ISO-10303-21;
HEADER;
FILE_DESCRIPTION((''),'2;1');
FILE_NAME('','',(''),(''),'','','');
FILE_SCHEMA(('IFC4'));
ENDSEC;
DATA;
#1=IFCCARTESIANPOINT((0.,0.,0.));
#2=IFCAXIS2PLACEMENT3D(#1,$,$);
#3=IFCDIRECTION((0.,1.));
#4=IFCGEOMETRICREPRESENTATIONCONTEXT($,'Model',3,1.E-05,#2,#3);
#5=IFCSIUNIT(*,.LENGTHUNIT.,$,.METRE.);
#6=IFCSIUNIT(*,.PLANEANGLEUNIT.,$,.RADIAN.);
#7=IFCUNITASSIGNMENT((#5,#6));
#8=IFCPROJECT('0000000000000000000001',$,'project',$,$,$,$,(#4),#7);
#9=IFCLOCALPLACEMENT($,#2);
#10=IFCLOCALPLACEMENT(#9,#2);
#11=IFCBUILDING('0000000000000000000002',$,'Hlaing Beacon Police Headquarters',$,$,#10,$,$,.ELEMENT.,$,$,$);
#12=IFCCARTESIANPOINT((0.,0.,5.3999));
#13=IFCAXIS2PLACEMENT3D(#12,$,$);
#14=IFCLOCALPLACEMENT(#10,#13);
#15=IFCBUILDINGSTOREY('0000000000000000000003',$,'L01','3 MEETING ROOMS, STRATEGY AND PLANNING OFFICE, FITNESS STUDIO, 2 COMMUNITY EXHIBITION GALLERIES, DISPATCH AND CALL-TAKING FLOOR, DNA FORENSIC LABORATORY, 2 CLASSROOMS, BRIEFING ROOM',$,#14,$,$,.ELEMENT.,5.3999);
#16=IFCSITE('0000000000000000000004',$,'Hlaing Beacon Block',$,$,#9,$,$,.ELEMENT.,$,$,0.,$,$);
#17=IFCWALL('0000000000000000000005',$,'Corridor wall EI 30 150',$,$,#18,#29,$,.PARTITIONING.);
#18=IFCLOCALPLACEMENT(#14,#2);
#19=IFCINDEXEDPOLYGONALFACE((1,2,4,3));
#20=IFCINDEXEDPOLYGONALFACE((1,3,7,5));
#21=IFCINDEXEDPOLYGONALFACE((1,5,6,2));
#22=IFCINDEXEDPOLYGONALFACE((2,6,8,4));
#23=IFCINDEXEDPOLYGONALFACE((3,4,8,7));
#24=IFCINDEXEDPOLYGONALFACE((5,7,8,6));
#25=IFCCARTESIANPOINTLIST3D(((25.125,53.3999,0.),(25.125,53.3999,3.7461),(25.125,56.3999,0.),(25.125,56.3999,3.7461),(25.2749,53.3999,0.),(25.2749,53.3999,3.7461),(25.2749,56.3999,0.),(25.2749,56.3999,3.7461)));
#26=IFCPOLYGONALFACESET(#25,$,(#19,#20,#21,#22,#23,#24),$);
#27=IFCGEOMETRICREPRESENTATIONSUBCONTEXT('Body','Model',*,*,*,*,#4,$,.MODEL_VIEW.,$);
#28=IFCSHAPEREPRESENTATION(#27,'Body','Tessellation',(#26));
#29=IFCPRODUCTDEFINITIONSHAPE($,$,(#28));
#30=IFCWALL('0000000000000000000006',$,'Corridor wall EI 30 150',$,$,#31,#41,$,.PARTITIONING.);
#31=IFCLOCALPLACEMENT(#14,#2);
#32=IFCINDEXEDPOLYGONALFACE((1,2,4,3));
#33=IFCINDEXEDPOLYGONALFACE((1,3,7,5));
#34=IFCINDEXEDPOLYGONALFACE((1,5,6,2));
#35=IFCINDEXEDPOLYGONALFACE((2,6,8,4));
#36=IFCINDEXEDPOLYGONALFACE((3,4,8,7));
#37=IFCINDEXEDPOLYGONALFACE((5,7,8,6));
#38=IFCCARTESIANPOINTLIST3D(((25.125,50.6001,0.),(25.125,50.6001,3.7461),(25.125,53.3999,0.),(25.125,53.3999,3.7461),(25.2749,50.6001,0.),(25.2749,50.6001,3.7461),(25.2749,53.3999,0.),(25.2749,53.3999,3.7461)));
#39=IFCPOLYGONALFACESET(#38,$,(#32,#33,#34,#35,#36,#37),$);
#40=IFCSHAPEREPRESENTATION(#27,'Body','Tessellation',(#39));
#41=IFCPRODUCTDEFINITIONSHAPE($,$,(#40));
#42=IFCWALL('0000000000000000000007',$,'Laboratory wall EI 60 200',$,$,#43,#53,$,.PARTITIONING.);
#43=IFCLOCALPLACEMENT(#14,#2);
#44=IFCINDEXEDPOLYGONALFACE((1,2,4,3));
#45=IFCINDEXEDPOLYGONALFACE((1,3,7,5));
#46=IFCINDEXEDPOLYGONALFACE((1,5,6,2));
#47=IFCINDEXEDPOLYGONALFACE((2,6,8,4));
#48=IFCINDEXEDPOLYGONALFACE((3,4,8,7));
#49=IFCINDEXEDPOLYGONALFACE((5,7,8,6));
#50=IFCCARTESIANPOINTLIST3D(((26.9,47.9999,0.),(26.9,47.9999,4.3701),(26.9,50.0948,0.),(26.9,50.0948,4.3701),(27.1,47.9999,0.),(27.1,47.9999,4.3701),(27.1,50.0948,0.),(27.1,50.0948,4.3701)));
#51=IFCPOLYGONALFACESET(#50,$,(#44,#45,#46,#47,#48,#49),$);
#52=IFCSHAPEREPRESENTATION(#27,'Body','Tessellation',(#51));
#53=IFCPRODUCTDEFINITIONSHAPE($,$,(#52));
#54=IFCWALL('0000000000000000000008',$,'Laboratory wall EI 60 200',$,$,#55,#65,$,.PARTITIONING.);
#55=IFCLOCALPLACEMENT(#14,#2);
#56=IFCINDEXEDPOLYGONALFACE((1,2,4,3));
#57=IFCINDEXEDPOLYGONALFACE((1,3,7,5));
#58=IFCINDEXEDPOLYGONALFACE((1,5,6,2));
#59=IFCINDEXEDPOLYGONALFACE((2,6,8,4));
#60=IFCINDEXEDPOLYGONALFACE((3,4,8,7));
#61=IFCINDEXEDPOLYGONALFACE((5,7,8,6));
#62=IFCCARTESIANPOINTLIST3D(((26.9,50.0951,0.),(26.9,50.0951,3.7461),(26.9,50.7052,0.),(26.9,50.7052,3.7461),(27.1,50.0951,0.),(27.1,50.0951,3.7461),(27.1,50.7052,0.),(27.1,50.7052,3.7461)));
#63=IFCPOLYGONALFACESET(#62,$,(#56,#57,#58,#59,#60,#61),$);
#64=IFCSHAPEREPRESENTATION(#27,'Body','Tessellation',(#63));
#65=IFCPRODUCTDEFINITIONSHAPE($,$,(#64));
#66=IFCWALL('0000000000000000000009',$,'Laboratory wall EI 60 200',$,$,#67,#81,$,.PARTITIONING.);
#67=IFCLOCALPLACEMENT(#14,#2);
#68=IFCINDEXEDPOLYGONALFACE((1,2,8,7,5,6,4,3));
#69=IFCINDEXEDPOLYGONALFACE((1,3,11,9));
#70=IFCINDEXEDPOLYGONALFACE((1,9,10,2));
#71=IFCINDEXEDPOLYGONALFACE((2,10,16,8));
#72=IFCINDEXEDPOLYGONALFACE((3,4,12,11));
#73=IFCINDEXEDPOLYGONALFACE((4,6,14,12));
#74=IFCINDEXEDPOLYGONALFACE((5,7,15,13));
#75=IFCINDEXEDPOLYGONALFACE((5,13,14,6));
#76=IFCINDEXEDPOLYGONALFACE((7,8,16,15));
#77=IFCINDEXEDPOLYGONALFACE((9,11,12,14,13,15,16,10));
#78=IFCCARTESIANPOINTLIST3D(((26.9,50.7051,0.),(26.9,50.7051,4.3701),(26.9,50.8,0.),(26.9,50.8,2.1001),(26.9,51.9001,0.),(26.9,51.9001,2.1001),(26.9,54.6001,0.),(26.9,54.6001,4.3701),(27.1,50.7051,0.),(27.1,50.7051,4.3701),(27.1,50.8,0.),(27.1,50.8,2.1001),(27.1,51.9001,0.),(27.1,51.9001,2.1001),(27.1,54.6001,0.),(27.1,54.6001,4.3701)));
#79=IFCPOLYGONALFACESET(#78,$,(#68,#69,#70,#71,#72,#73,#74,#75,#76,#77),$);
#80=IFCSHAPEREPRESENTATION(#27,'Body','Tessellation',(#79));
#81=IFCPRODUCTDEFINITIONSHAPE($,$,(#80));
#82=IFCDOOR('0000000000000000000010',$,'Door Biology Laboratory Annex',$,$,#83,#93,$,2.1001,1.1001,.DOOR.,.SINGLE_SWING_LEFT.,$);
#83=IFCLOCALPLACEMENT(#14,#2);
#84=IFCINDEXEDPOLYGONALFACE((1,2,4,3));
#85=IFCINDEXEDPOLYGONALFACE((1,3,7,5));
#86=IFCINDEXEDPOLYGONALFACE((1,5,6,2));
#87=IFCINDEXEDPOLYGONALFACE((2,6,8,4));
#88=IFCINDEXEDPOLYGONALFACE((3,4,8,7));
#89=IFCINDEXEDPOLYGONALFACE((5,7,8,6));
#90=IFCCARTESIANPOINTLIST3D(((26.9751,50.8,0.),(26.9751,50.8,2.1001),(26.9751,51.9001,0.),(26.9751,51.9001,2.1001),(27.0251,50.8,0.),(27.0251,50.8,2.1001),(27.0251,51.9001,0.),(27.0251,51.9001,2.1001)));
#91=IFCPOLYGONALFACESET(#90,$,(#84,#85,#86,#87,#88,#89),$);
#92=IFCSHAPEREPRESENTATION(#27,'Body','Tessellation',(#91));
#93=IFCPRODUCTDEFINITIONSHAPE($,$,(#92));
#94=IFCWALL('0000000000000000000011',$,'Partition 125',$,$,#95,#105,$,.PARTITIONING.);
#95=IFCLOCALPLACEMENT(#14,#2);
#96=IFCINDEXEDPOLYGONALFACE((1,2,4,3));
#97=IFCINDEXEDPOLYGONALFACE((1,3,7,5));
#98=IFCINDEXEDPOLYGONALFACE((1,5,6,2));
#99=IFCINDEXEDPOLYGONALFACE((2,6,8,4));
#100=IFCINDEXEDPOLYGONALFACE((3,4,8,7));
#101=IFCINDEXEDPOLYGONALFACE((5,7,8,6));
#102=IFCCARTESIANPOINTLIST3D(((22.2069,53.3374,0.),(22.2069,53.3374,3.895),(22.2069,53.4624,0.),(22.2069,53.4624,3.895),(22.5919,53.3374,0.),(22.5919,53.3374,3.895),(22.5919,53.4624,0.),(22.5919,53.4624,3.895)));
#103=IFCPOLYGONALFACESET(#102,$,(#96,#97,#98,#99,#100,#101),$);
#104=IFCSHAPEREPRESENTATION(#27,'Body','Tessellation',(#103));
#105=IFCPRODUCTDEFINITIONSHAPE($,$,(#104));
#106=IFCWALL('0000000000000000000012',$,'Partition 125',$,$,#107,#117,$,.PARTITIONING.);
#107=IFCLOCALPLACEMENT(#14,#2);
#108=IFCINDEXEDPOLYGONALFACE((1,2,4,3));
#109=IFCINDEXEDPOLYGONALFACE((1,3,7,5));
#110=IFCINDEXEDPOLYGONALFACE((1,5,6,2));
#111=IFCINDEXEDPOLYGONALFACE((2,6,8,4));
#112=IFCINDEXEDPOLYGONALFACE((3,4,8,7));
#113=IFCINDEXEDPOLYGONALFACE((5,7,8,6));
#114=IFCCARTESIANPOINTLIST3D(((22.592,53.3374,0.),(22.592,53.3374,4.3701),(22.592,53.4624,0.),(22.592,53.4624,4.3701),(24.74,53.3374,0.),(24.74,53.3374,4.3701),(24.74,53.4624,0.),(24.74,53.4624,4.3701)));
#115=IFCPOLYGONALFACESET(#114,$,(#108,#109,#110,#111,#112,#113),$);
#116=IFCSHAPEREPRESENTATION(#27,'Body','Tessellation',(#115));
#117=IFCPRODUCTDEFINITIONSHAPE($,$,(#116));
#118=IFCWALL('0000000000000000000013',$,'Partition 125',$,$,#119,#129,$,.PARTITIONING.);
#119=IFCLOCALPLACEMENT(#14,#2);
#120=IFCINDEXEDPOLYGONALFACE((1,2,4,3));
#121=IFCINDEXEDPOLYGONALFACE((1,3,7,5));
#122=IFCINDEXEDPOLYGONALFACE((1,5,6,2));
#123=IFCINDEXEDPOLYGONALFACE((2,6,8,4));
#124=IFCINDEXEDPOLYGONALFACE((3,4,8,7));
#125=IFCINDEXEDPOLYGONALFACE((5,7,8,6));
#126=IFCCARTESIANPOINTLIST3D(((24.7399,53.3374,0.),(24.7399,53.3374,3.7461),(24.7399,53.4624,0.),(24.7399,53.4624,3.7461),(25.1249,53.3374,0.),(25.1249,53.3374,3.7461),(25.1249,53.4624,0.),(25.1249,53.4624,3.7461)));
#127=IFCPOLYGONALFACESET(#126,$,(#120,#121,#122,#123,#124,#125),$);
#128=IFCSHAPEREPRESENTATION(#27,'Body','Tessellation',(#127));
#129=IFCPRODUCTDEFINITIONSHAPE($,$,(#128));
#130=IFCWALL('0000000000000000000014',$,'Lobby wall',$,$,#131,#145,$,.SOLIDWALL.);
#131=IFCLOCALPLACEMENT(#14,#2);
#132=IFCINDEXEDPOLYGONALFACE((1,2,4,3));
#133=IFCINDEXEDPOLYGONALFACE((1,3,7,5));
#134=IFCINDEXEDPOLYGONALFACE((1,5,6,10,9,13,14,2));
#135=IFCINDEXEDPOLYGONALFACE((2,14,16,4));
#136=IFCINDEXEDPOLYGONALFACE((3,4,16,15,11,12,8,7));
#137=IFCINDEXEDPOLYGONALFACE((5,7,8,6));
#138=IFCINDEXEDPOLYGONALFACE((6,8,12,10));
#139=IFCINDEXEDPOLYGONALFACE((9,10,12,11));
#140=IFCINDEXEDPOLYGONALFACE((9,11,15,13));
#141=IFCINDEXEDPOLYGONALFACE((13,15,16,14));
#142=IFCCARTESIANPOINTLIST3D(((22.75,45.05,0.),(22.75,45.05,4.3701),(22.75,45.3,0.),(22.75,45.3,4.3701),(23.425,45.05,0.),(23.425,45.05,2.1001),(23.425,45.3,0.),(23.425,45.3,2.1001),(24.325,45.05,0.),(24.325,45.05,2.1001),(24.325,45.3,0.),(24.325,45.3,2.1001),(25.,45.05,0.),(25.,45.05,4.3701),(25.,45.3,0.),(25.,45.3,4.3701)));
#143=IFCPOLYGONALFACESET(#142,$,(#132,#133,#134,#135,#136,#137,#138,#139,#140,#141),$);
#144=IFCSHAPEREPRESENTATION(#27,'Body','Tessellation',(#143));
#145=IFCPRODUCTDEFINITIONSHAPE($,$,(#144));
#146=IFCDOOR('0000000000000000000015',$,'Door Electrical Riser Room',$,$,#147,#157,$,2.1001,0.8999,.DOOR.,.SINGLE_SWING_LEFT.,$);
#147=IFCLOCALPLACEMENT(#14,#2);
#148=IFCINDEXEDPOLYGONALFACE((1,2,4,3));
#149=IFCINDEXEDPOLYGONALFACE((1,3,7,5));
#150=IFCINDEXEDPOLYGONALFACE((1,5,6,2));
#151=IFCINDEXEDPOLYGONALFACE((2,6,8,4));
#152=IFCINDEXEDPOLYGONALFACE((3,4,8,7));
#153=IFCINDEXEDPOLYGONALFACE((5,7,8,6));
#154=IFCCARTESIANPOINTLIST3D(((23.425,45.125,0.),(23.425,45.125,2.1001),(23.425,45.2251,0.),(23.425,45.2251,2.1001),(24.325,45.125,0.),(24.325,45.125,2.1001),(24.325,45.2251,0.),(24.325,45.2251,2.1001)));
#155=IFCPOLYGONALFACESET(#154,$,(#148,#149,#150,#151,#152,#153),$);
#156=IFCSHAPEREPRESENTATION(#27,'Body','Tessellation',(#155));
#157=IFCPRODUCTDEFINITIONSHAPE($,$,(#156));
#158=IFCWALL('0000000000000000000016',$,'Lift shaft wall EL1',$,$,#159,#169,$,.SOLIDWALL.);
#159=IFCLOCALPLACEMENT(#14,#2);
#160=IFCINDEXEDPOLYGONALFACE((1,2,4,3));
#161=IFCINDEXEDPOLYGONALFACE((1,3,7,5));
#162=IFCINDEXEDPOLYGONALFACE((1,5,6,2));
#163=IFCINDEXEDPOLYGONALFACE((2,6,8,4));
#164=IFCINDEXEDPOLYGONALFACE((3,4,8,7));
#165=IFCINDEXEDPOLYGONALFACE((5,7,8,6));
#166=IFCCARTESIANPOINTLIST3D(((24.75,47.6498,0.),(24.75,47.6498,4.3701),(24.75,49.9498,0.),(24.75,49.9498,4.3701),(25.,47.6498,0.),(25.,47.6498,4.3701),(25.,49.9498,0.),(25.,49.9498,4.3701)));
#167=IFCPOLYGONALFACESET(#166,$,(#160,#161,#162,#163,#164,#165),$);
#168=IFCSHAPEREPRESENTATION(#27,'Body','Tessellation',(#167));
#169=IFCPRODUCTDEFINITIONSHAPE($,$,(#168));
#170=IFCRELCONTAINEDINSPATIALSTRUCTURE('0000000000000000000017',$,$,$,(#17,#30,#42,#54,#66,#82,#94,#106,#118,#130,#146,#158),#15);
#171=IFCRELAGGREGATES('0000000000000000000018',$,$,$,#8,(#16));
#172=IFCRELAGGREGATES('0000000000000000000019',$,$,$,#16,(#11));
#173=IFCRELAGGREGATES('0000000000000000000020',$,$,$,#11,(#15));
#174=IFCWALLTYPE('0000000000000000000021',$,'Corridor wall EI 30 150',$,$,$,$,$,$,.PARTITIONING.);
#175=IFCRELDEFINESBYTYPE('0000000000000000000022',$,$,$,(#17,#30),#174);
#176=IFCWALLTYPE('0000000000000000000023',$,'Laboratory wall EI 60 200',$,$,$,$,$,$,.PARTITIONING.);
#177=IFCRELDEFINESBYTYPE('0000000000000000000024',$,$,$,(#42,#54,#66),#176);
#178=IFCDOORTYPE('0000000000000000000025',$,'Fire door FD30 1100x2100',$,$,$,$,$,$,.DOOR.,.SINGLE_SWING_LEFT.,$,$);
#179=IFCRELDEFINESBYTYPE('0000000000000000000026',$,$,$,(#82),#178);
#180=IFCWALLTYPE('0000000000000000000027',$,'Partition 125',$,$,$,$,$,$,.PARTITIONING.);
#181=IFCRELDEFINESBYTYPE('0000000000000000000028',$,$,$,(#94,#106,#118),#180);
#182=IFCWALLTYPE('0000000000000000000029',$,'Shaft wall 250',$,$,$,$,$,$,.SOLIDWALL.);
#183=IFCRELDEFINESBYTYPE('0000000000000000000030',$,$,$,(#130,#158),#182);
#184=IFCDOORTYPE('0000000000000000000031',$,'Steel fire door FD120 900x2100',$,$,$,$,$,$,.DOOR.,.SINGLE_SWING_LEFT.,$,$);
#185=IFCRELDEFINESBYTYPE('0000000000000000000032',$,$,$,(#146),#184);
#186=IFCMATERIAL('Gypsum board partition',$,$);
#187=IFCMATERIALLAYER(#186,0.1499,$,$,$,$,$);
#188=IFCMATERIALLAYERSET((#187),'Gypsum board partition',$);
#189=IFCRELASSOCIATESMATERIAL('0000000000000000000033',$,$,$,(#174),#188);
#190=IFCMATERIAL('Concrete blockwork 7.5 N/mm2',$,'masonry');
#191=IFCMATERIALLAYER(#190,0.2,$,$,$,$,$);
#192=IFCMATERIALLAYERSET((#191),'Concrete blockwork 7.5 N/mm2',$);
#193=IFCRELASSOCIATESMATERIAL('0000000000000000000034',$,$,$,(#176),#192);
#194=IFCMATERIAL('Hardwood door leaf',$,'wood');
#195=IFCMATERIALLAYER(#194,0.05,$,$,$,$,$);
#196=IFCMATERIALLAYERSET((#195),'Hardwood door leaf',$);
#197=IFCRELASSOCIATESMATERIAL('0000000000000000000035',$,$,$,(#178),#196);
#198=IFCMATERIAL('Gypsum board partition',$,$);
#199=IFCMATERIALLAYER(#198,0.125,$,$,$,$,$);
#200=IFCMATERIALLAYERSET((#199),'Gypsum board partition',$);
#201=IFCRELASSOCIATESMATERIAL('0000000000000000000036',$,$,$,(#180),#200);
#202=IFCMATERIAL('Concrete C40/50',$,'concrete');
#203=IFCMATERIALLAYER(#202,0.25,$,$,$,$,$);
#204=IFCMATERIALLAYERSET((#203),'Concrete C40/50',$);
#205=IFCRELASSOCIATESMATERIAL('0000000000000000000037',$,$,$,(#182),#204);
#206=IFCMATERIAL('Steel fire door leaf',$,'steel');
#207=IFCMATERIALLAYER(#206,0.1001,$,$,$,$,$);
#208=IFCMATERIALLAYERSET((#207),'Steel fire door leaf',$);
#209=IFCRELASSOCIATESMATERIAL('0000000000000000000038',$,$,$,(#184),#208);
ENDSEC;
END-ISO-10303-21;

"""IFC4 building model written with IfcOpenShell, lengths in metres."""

from ifc_helpers import new_model, si_unit, direction, frame, frame_2d, origin, place, context, subcontext, project, spatial, rectangle, extrude, material, layer, layer_set, type_object, element, fill, save


model = new_model("IFC4")

# Units and contexts
model_context = context("Model", 3, precision=1e-05, world=origin(), true_north=direction((0.0, 1.0)))
body_context = subcontext(model_context, "Body", "Model", "MODEL_VIEW")
ifc_project = project(units=[si_unit("LENGTHUNIT", "METRE"), si_unit("PLANEANGLEUNIT", "RADIAN")], contexts=[model_context])

# Site, building, storey
site_placement = place(None, origin())
site = spatial("IfcSite", under=ifc_project, at=site_placement, Name="Hlaing Beacon Block", CompositionType="ELEMENT", RefElevation=0.0)
building_placement = place(site_placement, origin())
building = spatial("IfcBuilding", under=site, at=building_placement, Name="Hlaing Beacon Police Headquarters", CompositionType="ELEMENT")
storey_placement = place(building_placement, frame((0.0, 0.0, 5.3999)))
storey = spatial("IfcBuildingStorey", under=building, at=storey_placement, Name="L01", Description="3 MEETING ROOMS, STRATEGY AND PLANNING OFFICE, FITNESS STUDIO, 2 COMMUNITY EXHIBITION GALLERIES, DISPATCH AND CALL-TAKING FLOOR, DNA FORENSIC LABORATORY, 2 CLASSROOMS, BRIEFING ROOM", CompositionType="ELEMENT", Elevation=5.3999)

# Walls
ifc_material_1 = material(Name="Gypsum board partition")
ifc_layer_1 = layer(ifc_material_1, 0.1499)
ifc_layer_set_1 = layer_set([ifc_layer_1], Name="Gypsum board partition")
wall_type_1 = type_object("IfcWallType", Name="Corridor wall EI 30 150", PredefinedType="PARTITIONING", material=ifc_layer_set_1)
wall_1_placement = place(storey_placement, frame((25.2, 53.3999, 0.0), z_axis=(0.0, 0.0, 1.0), x_axis=(0.0, 1.0, 0.0)))
element("IfcWall", 1, at=wall_1_placement, inside=storey, type_object=wall_type_1, Name="Corridor wall EI 30 150", PredefinedType="PARTITIONING", context=body_context, shape_type="SweptSolid", body=[
    extrude(rectangle(XDim=3.0, YDim=0.1499, at=frame_2d((1.5, 0.0))), origin(), (0.0, 0.0, 1.0), 3.7461),
])
wall_2_placement = place(storey_placement, frame((25.2, 50.6001, 0.0), z_axis=(0.0, 0.0, 1.0), x_axis=(0.0, 1.0, 0.0)))
element("IfcWall", 2, at=wall_2_placement, inside=storey, type_object=wall_type_1, Name="Corridor wall EI 30 150", PredefinedType="PARTITIONING", context=body_context, shape_type="SweptSolid", body=[
    extrude(rectangle(XDim=2.7998, YDim=0.1499, at=frame_2d((1.3999, 0.0))), origin(), (0.0, 0.0, 1.0), 3.7461),
])
ifc_material_2 = material(Name="Concrete blockwork 7.5 N/mm2", Category="masonry")
ifc_layer_2 = layer(ifc_material_2, 0.2)
ifc_layer_set_2 = layer_set([ifc_layer_2], Name="Concrete blockwork 7.5 N/mm2")
wall_type_2 = type_object("IfcWallType", Name="Laboratory wall EI 60 200", PredefinedType="PARTITIONING", material=ifc_layer_set_2)
wall_3_placement = place(storey_placement, frame((27.0, 48.0, 0.0), z_axis=(0.0, 0.0, 1.0), x_axis=(0.0, 1.0, 0.0)))
element("IfcWall", 3, at=wall_3_placement, inside=storey, type_object=wall_type_2, Name="Laboratory wall EI 60 200", PredefinedType="PARTITIONING", context=body_context, shape_type="SweptSolid", body=[
    extrude(rectangle(XDim=2.095, YDim=0.2, at=frame_2d((1.0474, 0.0))), origin(), (0.0, 0.0, 1.0), 4.3701),
])
wall_4_placement = place(storey_placement, frame((27.0, 50.095, 0.0), z_axis=(0.0, 0.0, 1.0), x_axis=(0.0, 1.0, 0.0)))
element("IfcWall", 4, at=wall_4_placement, inside=storey, type_object=wall_type_2, Name="Laboratory wall EI 60 200", PredefinedType="PARTITIONING", context=body_context, shape_type="SweptSolid", body=[
    extrude(rectangle(XDim=0.6101, YDim=0.2, at=frame_2d((0.3052, 0.0))), origin(), (0.0, 0.0, 1.0), 3.7461),
])

# Wall, opening, door
wall_5_placement = place(storey_placement, frame((27.0, 50.7051, 0.0), z_axis=(0.0, 0.0, 1.0), x_axis=(0.0, 1.0, 0.0)))
wall_5 = element("IfcWall", 5, at=wall_5_placement, inside=storey, type_object=wall_type_2, Name="Laboratory wall EI 60 200", PredefinedType="PARTITIONING", context=body_context, shape_type="SweptSolid", body=[
    extrude(rectangle(XDim=3.895, YDim=0.2, at=frame_2d((1.9475, 0.0))), origin(), (0.0, 0.0, 1.0), 4.3701),
])
opening_1_placement = place(wall_5_placement, frame((0.095, 0.0, 0.0)))
opening_1 = element("IfcOpeningElement", 6, at=opening_1_placement, cuts=wall_5, PredefinedType="OPENING", context=body_context, shape_type="SweptSolid", body=[
    extrude(rectangle(XDim=1.1001, YDim=2.1001, at=frame_2d((0.55, 1.05))), frame((0.0, 0.1099, 0.0), z_axis=(0.0, -1.0, 0.0), x_axis=(1.0, 0.0, 0.0)), (0.0, 0.0, 1.0), 0.22),
])
ifc_material_3 = material(Name="Hardwood door leaf", Category="wood")
ifc_layer_3 = layer(ifc_material_3, 0.05)
ifc_layer_set_3 = layer_set([ifc_layer_3], Name="Hardwood door leaf")
door_type_1 = type_object("IfcDoorType", Name="Fire door FD30 1100x2100", OperationType="SINGLE_SWING_LEFT", PredefinedType="DOOR", material=ifc_layer_set_3)
door_1_placement = place(opening_1_placement, frame((1.1001, 0.0, 0.0), z_axis=(0.0, 0.0, 1.0), x_axis=(-1.0, 0.0, 0.0)))
door_1 = element("IfcDoor", 7, at=door_1_placement, inside=storey, type_object=door_type_1, Name="Door Biology Laboratory Annex", OperationType="SINGLE_SWING_LEFT", OverallHeight=2.1001, OverallWidth=1.1001, PredefinedType="DOOR", context=body_context, shape_type="SweptSolid", body=[
    extrude(rectangle(XDim=1.1001, YDim=2.1001, at=frame_2d((0.55, 1.05))), frame((0.0, 0.0251, 0.0), z_axis=(0.0, -1.0, 0.0), x_axis=(1.0, 0.0, 0.0)), (0.0, 0.0, 1.0), 0.05),
])
fill(opening_1, door_1)

# Walls
ifc_material_4 = material(Name="Gypsum board partition")
ifc_layer_4 = layer(ifc_material_4, 0.125)
ifc_layer_set_4 = layer_set([ifc_layer_4], Name="Gypsum board partition")
wall_type_3 = type_object("IfcWallType", Name="Partition 125", PredefinedType="PARTITIONING", material=ifc_layer_set_4)
wall_6_placement = place(storey_placement, frame((22.207, 53.3999, 0.0), z_axis=(0.0, 0.0, 1.0), x_axis=(1.0, 0.0, 0.0)))
element("IfcWall", 8, at=wall_6_placement, inside=storey, type_object=wall_type_3, Name="Partition 125", PredefinedType="PARTITIONING", context=body_context, shape_type="SweptSolid", body=[
    extrude(rectangle(XDim=0.385, YDim=0.125, at=frame_2d((0.1924, 0.0))), origin(), (0.0, 0.0, 1.0), 3.895),
])
wall_7_placement = place(storey_placement, frame((22.592, 53.3999, 0.0), z_axis=(0.0, 0.0, 1.0), x_axis=(1.0, 0.0, 0.0)))
element("IfcWall", 9, at=wall_7_placement, inside=storey, type_object=wall_type_3, Name="Partition 125", PredefinedType="PARTITIONING", context=body_context, shape_type="SweptSolid", body=[
    extrude(rectangle(XDim=2.1479, YDim=0.125, at=frame_2d((1.074, 0.0))), origin(), (0.0, 0.0, 1.0), 4.3701),
])
wall_8_placement = place(storey_placement, frame((24.74, 53.3999, 0.0), z_axis=(0.0, 0.0, 1.0), x_axis=(1.0, 0.0, 0.0)))
element("IfcWall", 10, at=wall_8_placement, inside=storey, type_object=wall_type_3, Name="Partition 125", PredefinedType="PARTITIONING", context=body_context, shape_type="SweptSolid", body=[
    extrude(rectangle(XDim=0.385, YDim=0.125, at=frame_2d((0.1924, 0.0))), origin(), (0.0, 0.0, 1.0), 3.7461),
])

# Wall, opening, door
ifc_material_5 = material(Name="Concrete C40/50", Category="concrete")
ifc_layer_5 = layer(ifc_material_5, 0.25)
ifc_layer_set_5 = layer_set([ifc_layer_5], Name="Concrete C40/50")
wall_type_4 = type_object("IfcWallType", Name="Shaft wall 250", PredefinedType="SOLIDWALL", material=ifc_layer_set_5)
wall_9_placement = place(storey_placement, frame((25.0, 45.175, 0.0), z_axis=(0.0, 0.0, 1.0), x_axis=(-1.0, 0.0, 0.0)))
wall_9 = element("IfcWall", 11, at=wall_9_placement, inside=storey, type_object=wall_type_4, Name="Lobby wall", PredefinedType="SOLIDWALL", context=body_context, shape_type="SweptSolid", body=[
    extrude(rectangle(XDim=2.25, YDim=0.25, at=frame_2d((1.125, 0.0))), origin(), (0.0, 0.0, 1.0), 4.3701),
])
opening_2_placement = place(wall_9_placement, frame((0.675, 0.0, 0.0)))
opening_2 = element("IfcOpeningElement", 12, at=opening_2_placement, cuts=wall_9, PredefinedType="OPENING", context=body_context, shape_type="SweptSolid", body=[
    extrude(rectangle(XDim=0.8999, YDim=2.1001, at=frame_2d((0.45, 1.05))), frame((0.0, 0.135, 0.0), z_axis=(0.0, -1.0, 0.0), x_axis=(1.0, 0.0, 0.0)), (0.0, 0.0, 1.0), 0.27),
])
ifc_material_6 = material(Name="Steel fire door leaf", Category="steel")
ifc_layer_6 = layer(ifc_material_6, 0.1001)
ifc_layer_set_6 = layer_set([ifc_layer_6], Name="Steel fire door leaf")
door_type_2 = type_object("IfcDoorType", Name="Steel fire door FD120 900x2100", OperationType="SINGLE_SWING_LEFT", PredefinedType="DOOR", material=ifc_layer_set_6)
door_2_placement = place(opening_2_placement, origin())
door_2 = element("IfcDoor", 13, at=door_2_placement, inside=storey, type_object=door_type_2, Name="Door Electrical Riser Room", OperationType="SINGLE_SWING_LEFT", OverallHeight=2.1001, OverallWidth=0.8999, PredefinedType="DOOR", context=body_context, shape_type="SweptSolid", body=[
    extrude(rectangle(XDim=0.8999, YDim=2.1001, at=frame_2d((0.45, 1.05))), frame((0.0, 0.05, 0.0), z_axis=(0.0, -1.0, 0.0), x_axis=(1.0, 0.0, 0.0)), (0.0, 0.0, 1.0), 0.1001),
])
fill(opening_2, door_2)

# Wall
wall_10_placement = place(storey_placement, frame((24.875, 47.6499, 0.0), z_axis=(0.0, 0.0, 1.0), x_axis=(0.0, 1.0, 0.0)))
element("IfcWall", 14, at=wall_10_placement, inside=storey, type_object=wall_type_4, Name="Lift shaft wall EL1", PredefinedType="SOLIDWALL", context=body_context, shape_type="SweptSolid", body=[
    extrude(rectangle(XDim=2.3, YDim=0.25, at=frame_2d((1.1499, 0.0))), origin(), (0.0, 0.0, 1.0), 4.3701),
])

save(model, "model.ifc")
